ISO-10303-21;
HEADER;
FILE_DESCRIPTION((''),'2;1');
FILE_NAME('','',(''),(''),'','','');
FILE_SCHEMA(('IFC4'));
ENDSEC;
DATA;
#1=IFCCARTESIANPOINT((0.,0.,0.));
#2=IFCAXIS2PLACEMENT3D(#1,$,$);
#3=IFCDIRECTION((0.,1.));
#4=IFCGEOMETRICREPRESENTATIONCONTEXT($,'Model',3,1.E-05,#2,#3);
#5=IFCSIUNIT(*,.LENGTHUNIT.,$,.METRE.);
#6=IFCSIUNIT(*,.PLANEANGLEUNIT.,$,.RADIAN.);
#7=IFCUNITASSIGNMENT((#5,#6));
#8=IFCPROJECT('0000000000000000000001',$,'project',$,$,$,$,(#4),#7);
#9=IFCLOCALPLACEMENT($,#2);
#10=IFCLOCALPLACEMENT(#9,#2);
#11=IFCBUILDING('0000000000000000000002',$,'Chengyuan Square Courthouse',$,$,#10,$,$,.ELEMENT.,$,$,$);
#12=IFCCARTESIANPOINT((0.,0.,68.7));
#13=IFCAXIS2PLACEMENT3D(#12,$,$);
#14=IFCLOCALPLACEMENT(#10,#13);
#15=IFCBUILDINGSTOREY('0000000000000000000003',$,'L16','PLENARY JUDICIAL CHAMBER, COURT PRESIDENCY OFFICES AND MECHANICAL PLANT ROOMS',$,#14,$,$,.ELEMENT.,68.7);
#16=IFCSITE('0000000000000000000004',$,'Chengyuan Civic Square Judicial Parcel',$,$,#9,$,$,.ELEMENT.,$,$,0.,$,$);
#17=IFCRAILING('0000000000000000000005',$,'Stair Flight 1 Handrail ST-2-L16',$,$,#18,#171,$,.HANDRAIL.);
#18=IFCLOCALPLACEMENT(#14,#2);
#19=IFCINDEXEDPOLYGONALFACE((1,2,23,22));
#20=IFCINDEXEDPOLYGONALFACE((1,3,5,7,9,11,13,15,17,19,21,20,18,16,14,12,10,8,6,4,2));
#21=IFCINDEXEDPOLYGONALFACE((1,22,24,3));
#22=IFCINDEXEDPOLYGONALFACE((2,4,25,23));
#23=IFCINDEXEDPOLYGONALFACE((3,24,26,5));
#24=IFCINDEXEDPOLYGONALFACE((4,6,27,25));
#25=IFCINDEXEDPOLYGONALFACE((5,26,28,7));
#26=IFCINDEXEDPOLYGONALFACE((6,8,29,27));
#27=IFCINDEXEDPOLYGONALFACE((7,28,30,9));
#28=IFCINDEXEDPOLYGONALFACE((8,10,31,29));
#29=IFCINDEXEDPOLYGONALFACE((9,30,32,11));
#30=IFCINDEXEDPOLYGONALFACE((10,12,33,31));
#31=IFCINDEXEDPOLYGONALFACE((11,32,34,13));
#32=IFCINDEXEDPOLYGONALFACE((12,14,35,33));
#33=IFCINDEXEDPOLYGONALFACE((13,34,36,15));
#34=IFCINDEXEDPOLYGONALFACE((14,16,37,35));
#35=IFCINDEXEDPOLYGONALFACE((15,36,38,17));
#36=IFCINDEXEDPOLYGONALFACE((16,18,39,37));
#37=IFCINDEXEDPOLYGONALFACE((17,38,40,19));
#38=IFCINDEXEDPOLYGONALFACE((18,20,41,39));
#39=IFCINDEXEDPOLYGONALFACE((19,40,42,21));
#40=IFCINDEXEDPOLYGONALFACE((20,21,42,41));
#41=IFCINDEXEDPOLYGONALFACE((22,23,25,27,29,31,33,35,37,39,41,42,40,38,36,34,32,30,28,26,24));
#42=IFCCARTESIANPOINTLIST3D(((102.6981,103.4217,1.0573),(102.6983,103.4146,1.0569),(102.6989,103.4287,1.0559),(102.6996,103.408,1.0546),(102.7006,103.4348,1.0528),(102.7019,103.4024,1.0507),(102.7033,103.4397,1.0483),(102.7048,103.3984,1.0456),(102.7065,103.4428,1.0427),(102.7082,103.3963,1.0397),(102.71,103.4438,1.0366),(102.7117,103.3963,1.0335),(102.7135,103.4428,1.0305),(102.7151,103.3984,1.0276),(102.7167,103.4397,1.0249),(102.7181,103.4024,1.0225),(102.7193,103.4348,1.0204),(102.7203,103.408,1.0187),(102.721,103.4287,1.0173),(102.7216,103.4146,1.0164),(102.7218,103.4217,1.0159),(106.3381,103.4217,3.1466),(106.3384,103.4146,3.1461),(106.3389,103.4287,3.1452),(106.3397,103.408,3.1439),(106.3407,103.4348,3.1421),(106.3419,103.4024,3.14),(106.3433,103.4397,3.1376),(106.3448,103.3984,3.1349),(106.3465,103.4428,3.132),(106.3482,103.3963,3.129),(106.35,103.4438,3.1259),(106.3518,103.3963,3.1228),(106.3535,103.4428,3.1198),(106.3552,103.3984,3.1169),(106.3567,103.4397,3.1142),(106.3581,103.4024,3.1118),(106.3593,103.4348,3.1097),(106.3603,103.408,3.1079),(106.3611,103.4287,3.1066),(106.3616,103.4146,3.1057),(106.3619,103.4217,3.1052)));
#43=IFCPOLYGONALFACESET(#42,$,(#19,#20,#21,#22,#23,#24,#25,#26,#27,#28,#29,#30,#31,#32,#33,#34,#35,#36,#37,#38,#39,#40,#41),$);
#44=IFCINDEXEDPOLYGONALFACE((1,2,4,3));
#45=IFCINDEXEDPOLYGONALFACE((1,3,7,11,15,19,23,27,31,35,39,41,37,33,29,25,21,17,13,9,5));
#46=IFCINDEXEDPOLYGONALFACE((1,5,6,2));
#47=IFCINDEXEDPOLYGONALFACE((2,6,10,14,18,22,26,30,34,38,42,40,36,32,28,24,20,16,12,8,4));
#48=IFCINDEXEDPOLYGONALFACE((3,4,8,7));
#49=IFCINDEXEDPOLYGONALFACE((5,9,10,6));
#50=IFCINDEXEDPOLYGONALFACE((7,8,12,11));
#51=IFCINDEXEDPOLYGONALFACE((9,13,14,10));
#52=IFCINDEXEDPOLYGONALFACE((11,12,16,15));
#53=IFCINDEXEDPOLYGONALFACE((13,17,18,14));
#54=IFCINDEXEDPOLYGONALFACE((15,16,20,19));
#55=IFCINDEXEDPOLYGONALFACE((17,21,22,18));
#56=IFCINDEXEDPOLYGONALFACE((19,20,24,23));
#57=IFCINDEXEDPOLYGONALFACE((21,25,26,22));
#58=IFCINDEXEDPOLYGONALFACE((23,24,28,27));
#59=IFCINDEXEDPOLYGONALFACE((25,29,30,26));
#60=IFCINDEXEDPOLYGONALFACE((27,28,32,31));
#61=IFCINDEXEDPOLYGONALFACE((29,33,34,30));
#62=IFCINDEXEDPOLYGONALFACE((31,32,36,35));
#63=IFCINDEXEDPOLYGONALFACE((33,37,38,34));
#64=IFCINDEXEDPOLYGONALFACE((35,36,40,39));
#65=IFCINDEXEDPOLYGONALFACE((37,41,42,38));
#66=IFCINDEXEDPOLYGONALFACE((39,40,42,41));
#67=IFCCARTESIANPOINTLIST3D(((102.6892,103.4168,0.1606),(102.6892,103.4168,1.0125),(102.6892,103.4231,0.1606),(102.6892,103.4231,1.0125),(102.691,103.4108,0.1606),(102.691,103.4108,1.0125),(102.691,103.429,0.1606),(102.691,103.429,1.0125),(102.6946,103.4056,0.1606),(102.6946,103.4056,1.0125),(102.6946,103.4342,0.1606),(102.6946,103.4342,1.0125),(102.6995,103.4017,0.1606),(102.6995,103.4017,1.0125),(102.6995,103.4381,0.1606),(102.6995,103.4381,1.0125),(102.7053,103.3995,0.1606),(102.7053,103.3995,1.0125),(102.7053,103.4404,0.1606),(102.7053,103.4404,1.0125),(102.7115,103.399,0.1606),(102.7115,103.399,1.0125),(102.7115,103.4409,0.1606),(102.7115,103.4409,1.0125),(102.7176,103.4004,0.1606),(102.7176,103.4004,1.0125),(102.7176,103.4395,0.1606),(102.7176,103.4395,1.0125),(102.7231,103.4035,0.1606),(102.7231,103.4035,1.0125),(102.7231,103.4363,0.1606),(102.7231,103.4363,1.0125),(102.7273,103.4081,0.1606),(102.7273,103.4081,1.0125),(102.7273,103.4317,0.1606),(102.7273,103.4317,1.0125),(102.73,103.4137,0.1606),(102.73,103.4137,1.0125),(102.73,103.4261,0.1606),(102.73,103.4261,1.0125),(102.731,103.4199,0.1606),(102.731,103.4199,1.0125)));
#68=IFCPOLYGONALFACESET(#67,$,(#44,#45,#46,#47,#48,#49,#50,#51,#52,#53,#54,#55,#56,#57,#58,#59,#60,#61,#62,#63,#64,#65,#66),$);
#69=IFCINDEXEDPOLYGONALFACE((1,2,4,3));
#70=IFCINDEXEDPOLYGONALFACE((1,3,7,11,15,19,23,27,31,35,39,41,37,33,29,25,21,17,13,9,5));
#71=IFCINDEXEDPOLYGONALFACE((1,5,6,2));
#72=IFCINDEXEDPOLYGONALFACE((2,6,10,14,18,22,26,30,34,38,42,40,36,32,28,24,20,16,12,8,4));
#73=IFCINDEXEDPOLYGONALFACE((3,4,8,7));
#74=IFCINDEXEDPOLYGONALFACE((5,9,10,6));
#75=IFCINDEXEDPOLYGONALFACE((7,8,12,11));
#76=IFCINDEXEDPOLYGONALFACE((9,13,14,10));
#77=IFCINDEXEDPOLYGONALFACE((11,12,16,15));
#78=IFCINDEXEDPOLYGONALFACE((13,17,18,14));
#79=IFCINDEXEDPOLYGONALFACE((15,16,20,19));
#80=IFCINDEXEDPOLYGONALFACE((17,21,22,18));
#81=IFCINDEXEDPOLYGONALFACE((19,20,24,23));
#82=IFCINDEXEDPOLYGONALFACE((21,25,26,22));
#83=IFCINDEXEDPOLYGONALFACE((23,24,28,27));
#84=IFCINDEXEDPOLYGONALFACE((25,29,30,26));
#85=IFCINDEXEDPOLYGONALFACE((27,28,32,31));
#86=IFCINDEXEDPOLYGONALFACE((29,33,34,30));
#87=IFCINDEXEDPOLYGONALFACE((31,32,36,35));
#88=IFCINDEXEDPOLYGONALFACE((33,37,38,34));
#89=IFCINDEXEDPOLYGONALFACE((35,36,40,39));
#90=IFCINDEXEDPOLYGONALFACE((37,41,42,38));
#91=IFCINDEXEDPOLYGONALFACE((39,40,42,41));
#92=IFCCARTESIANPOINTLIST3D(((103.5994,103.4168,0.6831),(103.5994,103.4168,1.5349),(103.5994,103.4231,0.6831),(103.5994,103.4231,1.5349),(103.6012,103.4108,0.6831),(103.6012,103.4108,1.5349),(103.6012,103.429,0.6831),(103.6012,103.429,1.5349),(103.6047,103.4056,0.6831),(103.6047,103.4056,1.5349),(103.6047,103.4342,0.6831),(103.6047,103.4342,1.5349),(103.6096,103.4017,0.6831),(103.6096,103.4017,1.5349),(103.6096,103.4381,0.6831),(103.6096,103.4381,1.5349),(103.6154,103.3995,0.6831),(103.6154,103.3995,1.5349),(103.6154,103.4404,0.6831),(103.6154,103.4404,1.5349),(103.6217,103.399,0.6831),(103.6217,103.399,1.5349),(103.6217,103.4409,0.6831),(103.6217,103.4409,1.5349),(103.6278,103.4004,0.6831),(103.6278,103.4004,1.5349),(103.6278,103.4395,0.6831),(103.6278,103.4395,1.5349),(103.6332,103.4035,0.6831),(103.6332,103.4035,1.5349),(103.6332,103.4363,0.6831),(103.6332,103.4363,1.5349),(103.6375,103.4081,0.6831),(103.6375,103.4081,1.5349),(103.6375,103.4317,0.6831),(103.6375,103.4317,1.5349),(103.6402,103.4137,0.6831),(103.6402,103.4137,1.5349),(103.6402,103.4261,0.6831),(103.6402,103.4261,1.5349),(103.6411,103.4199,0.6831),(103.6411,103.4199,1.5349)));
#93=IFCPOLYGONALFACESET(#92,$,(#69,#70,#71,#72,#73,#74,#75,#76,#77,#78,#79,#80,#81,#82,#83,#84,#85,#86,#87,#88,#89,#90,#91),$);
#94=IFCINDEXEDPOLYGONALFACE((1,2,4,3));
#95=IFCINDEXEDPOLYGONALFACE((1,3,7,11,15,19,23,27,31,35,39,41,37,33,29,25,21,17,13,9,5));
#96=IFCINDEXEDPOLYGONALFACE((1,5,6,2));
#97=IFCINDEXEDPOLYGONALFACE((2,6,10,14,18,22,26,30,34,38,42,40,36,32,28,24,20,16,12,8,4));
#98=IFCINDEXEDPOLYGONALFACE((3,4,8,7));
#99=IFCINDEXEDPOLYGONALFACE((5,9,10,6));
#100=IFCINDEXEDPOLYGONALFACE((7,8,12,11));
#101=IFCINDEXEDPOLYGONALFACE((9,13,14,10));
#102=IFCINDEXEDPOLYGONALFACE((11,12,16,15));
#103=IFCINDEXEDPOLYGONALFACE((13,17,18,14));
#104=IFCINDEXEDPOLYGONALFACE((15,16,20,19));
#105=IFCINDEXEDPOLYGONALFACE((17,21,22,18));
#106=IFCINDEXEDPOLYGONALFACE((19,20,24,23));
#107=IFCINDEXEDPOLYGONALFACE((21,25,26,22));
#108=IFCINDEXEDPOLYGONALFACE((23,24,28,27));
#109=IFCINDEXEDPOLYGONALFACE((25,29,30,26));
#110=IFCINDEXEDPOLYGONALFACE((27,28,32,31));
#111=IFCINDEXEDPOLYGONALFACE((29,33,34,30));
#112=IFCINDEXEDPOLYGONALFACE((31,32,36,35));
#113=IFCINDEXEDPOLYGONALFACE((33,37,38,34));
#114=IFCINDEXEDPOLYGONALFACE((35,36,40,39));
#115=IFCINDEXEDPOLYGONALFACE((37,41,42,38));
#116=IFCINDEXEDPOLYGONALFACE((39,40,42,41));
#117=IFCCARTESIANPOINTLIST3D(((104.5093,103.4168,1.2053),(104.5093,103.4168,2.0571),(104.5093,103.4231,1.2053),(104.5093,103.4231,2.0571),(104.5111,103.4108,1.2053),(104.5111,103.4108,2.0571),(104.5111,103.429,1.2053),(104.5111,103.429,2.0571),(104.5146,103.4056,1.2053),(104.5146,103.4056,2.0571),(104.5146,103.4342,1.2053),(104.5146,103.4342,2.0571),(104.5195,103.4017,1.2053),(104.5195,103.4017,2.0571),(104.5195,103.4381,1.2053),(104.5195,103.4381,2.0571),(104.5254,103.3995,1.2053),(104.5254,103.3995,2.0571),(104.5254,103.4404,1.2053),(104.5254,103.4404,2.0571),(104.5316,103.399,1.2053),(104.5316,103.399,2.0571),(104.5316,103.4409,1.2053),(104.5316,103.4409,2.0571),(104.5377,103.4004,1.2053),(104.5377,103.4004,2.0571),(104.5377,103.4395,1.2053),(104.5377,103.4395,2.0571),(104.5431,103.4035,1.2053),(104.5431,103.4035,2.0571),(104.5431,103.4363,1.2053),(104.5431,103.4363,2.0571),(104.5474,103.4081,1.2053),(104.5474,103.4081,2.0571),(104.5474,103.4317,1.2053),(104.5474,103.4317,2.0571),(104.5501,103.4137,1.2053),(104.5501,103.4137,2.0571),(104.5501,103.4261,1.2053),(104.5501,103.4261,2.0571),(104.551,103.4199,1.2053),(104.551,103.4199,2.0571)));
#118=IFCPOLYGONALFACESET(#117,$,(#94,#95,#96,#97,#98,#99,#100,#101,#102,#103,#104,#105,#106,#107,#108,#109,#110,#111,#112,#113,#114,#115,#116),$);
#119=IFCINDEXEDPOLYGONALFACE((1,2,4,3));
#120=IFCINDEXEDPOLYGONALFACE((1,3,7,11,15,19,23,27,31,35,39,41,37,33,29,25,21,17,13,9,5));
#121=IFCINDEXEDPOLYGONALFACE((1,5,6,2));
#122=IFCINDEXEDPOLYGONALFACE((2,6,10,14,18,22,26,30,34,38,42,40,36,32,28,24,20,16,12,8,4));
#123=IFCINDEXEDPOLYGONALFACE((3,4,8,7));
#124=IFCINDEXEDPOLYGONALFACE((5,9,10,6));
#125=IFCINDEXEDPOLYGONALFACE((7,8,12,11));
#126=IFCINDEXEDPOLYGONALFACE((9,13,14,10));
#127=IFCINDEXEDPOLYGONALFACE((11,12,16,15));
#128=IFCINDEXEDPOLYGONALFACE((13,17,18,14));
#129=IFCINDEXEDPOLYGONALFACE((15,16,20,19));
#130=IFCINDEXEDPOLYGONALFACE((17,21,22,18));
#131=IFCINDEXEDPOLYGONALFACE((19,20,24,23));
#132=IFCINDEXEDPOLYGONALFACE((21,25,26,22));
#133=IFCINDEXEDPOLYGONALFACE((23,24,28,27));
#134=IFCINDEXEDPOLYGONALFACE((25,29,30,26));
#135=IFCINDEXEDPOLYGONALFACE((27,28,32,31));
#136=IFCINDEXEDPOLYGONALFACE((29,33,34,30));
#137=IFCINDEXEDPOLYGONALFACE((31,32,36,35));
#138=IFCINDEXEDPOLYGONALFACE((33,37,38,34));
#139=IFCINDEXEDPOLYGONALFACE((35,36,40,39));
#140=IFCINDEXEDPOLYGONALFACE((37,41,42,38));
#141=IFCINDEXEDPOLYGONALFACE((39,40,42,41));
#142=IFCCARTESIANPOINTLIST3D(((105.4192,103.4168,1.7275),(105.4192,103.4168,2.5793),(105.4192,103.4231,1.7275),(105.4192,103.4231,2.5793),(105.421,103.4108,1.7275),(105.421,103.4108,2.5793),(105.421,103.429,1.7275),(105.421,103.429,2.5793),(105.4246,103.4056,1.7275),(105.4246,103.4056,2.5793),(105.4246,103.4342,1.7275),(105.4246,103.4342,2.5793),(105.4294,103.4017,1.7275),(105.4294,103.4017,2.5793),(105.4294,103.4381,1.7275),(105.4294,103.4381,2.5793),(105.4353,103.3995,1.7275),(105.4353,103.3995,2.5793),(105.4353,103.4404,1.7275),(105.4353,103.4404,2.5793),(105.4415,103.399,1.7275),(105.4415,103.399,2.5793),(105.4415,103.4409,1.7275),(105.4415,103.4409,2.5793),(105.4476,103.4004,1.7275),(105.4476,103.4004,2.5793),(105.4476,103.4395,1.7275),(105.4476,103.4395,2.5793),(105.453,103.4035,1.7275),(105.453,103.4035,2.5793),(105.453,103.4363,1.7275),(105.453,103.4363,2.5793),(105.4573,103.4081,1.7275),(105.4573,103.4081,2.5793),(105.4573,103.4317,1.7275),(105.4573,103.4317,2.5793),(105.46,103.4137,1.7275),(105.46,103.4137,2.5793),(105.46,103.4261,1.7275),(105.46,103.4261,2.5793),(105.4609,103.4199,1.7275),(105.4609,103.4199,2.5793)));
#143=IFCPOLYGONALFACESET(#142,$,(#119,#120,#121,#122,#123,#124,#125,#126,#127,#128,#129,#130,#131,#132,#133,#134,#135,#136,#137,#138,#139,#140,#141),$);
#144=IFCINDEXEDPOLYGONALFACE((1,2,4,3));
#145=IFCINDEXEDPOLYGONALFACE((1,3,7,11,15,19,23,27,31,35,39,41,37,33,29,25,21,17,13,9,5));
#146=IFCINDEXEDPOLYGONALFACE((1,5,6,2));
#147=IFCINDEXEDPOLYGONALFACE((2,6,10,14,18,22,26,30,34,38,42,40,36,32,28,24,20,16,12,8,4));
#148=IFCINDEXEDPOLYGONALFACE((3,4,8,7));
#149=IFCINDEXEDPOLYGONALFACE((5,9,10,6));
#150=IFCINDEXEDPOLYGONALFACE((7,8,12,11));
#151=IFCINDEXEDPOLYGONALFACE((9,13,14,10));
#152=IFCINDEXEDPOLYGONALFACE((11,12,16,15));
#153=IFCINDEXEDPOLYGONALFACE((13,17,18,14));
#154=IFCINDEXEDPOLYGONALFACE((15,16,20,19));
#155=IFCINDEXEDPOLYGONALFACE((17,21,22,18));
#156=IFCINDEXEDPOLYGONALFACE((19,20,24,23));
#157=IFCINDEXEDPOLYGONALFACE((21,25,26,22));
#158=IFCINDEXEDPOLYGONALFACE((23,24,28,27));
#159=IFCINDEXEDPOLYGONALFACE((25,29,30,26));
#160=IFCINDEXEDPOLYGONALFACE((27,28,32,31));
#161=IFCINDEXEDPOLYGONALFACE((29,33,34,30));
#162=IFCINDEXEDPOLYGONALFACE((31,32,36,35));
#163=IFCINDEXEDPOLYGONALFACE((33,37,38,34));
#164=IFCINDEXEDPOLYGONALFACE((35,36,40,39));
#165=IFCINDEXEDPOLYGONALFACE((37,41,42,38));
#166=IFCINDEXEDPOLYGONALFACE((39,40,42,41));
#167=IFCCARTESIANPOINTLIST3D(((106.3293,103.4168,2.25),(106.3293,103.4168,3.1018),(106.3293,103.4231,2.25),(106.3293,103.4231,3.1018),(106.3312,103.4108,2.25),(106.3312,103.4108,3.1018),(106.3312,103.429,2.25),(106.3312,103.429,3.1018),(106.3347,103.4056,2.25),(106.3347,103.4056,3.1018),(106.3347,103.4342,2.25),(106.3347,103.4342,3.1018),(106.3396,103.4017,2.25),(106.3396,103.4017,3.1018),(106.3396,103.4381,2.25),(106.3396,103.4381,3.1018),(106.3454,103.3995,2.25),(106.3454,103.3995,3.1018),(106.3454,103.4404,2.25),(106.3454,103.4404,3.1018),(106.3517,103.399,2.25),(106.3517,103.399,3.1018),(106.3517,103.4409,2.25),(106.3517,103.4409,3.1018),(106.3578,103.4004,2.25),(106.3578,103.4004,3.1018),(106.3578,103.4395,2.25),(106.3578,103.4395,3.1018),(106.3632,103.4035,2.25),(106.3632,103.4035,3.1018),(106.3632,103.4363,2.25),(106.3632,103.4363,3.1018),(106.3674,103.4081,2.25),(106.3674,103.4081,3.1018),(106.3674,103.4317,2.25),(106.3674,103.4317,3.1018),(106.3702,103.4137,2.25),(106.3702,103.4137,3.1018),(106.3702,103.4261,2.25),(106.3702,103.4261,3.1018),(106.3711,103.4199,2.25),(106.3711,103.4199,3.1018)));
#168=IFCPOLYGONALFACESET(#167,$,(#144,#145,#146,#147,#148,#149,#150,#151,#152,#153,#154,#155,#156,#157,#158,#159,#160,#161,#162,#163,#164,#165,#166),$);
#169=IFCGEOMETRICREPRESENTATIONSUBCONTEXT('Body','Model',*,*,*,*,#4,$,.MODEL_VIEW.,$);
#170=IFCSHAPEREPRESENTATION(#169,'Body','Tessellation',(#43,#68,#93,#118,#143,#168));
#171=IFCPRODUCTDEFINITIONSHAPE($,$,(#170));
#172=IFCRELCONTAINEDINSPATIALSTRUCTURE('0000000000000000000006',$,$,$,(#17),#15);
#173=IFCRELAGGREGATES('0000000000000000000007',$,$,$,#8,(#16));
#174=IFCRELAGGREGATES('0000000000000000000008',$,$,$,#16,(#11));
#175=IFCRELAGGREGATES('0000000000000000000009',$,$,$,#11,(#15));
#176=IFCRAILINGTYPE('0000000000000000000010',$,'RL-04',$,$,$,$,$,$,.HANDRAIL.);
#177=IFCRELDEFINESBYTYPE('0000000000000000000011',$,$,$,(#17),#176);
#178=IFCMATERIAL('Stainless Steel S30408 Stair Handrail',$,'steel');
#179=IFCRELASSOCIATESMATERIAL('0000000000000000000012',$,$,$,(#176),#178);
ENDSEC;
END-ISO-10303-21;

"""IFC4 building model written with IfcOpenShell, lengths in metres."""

from ifc_helpers import new_model, si_unit, direction, frame, origin, origin_2d, place, context, subcontext, project, spatial, circle, extrude, material, type_object, element, save


model = new_model("IFC4")

# Units and contexts
model_context = context("Model", 3, precision=1e-05, world=origin(), true_north=direction((0.0, 1.0)))
body_context = subcontext(model_context, "Body", "Model", "MODEL_VIEW")
ifc_project = project(units=[si_unit("LENGTHUNIT", "METRE"), si_unit("PLANEANGLEUNIT", "RADIAN")], contexts=[model_context])

# Site, building, storey
site_placement = place(None, origin())
site = spatial("IfcSite", under=ifc_project, at=site_placement, Name="Chengyuan Civic Square Judicial Parcel", CompositionType="ELEMENT", RefElevation=0.0)
building_placement = place(site_placement, origin())
building = spatial("IfcBuilding", under=site, at=building_placement, Name="Chengyuan Square Courthouse", CompositionType="ELEMENT")
storey_placement = place(building_placement, frame((0.0, 0.0, 68.7)))
storey = spatial("IfcBuildingStorey", under=building, at=storey_placement, Name="L16", Description="PLENARY JUDICIAL CHAMBER, COURT PRESIDENCY OFFICES AND MECHANICAL PLANT ROOMS", CompositionType="ELEMENT", Elevation=68.7)

# Railing
ifc_material_1 = material(Name="Stainless Steel S30408 Stair Handrail", Category="steel")
railing_type_1 = type_object("IfcRailingType", Name="RL-04", PredefinedType="HANDRAIL", material=ifc_material_1)
railing_1_placement = place(storey_placement, frame((102.71, 103.4199, 0.1606)))
element("IfcRailing", 1, at=railing_1_placement, inside=storey, type_object=railing_type_1, Name="Stair Flight 1 Handrail ST-2-L16", PredefinedType="HANDRAIL", context=body_context, shape_type="SweptSolid", body=[
    extrude(circle(Radius=0.0239, at=origin_2d()), frame((0.0, 0.0, 0.876), z_axis=(0.867289, 0.0, 0.497804), x_axis=(0.0, 1.0, 0.0)), (0.0, 0.0, 1.0), 4.197),
    extrude(circle(Radius=0.021, at=origin_2d()), origin(), (0.0, 0.0, 1.0), 0.8518),
    extrude(circle(Radius=0.021, at=origin_2d()), frame((0.9102, 0.0, 0.5225)), (0.0, 0.0, 1.0), 0.8518),
    extrude(circle(Radius=0.021, at=origin_2d()), frame((1.8201, 0.0, 1.0447)), (0.0, 0.0, 1.0), 0.8518),
    extrude(circle(Radius=0.021, at=origin_2d()), frame((2.73, 0.0, 1.5669)), (0.0, 0.0, 1.0), 0.8518),
    extrude(circle(Radius=0.021, at=origin_2d()), frame((3.6401, 0.0, 2.0894)), (0.0, 0.0, 1.0), 0.8518),
])

save(model, "model.ifc")
